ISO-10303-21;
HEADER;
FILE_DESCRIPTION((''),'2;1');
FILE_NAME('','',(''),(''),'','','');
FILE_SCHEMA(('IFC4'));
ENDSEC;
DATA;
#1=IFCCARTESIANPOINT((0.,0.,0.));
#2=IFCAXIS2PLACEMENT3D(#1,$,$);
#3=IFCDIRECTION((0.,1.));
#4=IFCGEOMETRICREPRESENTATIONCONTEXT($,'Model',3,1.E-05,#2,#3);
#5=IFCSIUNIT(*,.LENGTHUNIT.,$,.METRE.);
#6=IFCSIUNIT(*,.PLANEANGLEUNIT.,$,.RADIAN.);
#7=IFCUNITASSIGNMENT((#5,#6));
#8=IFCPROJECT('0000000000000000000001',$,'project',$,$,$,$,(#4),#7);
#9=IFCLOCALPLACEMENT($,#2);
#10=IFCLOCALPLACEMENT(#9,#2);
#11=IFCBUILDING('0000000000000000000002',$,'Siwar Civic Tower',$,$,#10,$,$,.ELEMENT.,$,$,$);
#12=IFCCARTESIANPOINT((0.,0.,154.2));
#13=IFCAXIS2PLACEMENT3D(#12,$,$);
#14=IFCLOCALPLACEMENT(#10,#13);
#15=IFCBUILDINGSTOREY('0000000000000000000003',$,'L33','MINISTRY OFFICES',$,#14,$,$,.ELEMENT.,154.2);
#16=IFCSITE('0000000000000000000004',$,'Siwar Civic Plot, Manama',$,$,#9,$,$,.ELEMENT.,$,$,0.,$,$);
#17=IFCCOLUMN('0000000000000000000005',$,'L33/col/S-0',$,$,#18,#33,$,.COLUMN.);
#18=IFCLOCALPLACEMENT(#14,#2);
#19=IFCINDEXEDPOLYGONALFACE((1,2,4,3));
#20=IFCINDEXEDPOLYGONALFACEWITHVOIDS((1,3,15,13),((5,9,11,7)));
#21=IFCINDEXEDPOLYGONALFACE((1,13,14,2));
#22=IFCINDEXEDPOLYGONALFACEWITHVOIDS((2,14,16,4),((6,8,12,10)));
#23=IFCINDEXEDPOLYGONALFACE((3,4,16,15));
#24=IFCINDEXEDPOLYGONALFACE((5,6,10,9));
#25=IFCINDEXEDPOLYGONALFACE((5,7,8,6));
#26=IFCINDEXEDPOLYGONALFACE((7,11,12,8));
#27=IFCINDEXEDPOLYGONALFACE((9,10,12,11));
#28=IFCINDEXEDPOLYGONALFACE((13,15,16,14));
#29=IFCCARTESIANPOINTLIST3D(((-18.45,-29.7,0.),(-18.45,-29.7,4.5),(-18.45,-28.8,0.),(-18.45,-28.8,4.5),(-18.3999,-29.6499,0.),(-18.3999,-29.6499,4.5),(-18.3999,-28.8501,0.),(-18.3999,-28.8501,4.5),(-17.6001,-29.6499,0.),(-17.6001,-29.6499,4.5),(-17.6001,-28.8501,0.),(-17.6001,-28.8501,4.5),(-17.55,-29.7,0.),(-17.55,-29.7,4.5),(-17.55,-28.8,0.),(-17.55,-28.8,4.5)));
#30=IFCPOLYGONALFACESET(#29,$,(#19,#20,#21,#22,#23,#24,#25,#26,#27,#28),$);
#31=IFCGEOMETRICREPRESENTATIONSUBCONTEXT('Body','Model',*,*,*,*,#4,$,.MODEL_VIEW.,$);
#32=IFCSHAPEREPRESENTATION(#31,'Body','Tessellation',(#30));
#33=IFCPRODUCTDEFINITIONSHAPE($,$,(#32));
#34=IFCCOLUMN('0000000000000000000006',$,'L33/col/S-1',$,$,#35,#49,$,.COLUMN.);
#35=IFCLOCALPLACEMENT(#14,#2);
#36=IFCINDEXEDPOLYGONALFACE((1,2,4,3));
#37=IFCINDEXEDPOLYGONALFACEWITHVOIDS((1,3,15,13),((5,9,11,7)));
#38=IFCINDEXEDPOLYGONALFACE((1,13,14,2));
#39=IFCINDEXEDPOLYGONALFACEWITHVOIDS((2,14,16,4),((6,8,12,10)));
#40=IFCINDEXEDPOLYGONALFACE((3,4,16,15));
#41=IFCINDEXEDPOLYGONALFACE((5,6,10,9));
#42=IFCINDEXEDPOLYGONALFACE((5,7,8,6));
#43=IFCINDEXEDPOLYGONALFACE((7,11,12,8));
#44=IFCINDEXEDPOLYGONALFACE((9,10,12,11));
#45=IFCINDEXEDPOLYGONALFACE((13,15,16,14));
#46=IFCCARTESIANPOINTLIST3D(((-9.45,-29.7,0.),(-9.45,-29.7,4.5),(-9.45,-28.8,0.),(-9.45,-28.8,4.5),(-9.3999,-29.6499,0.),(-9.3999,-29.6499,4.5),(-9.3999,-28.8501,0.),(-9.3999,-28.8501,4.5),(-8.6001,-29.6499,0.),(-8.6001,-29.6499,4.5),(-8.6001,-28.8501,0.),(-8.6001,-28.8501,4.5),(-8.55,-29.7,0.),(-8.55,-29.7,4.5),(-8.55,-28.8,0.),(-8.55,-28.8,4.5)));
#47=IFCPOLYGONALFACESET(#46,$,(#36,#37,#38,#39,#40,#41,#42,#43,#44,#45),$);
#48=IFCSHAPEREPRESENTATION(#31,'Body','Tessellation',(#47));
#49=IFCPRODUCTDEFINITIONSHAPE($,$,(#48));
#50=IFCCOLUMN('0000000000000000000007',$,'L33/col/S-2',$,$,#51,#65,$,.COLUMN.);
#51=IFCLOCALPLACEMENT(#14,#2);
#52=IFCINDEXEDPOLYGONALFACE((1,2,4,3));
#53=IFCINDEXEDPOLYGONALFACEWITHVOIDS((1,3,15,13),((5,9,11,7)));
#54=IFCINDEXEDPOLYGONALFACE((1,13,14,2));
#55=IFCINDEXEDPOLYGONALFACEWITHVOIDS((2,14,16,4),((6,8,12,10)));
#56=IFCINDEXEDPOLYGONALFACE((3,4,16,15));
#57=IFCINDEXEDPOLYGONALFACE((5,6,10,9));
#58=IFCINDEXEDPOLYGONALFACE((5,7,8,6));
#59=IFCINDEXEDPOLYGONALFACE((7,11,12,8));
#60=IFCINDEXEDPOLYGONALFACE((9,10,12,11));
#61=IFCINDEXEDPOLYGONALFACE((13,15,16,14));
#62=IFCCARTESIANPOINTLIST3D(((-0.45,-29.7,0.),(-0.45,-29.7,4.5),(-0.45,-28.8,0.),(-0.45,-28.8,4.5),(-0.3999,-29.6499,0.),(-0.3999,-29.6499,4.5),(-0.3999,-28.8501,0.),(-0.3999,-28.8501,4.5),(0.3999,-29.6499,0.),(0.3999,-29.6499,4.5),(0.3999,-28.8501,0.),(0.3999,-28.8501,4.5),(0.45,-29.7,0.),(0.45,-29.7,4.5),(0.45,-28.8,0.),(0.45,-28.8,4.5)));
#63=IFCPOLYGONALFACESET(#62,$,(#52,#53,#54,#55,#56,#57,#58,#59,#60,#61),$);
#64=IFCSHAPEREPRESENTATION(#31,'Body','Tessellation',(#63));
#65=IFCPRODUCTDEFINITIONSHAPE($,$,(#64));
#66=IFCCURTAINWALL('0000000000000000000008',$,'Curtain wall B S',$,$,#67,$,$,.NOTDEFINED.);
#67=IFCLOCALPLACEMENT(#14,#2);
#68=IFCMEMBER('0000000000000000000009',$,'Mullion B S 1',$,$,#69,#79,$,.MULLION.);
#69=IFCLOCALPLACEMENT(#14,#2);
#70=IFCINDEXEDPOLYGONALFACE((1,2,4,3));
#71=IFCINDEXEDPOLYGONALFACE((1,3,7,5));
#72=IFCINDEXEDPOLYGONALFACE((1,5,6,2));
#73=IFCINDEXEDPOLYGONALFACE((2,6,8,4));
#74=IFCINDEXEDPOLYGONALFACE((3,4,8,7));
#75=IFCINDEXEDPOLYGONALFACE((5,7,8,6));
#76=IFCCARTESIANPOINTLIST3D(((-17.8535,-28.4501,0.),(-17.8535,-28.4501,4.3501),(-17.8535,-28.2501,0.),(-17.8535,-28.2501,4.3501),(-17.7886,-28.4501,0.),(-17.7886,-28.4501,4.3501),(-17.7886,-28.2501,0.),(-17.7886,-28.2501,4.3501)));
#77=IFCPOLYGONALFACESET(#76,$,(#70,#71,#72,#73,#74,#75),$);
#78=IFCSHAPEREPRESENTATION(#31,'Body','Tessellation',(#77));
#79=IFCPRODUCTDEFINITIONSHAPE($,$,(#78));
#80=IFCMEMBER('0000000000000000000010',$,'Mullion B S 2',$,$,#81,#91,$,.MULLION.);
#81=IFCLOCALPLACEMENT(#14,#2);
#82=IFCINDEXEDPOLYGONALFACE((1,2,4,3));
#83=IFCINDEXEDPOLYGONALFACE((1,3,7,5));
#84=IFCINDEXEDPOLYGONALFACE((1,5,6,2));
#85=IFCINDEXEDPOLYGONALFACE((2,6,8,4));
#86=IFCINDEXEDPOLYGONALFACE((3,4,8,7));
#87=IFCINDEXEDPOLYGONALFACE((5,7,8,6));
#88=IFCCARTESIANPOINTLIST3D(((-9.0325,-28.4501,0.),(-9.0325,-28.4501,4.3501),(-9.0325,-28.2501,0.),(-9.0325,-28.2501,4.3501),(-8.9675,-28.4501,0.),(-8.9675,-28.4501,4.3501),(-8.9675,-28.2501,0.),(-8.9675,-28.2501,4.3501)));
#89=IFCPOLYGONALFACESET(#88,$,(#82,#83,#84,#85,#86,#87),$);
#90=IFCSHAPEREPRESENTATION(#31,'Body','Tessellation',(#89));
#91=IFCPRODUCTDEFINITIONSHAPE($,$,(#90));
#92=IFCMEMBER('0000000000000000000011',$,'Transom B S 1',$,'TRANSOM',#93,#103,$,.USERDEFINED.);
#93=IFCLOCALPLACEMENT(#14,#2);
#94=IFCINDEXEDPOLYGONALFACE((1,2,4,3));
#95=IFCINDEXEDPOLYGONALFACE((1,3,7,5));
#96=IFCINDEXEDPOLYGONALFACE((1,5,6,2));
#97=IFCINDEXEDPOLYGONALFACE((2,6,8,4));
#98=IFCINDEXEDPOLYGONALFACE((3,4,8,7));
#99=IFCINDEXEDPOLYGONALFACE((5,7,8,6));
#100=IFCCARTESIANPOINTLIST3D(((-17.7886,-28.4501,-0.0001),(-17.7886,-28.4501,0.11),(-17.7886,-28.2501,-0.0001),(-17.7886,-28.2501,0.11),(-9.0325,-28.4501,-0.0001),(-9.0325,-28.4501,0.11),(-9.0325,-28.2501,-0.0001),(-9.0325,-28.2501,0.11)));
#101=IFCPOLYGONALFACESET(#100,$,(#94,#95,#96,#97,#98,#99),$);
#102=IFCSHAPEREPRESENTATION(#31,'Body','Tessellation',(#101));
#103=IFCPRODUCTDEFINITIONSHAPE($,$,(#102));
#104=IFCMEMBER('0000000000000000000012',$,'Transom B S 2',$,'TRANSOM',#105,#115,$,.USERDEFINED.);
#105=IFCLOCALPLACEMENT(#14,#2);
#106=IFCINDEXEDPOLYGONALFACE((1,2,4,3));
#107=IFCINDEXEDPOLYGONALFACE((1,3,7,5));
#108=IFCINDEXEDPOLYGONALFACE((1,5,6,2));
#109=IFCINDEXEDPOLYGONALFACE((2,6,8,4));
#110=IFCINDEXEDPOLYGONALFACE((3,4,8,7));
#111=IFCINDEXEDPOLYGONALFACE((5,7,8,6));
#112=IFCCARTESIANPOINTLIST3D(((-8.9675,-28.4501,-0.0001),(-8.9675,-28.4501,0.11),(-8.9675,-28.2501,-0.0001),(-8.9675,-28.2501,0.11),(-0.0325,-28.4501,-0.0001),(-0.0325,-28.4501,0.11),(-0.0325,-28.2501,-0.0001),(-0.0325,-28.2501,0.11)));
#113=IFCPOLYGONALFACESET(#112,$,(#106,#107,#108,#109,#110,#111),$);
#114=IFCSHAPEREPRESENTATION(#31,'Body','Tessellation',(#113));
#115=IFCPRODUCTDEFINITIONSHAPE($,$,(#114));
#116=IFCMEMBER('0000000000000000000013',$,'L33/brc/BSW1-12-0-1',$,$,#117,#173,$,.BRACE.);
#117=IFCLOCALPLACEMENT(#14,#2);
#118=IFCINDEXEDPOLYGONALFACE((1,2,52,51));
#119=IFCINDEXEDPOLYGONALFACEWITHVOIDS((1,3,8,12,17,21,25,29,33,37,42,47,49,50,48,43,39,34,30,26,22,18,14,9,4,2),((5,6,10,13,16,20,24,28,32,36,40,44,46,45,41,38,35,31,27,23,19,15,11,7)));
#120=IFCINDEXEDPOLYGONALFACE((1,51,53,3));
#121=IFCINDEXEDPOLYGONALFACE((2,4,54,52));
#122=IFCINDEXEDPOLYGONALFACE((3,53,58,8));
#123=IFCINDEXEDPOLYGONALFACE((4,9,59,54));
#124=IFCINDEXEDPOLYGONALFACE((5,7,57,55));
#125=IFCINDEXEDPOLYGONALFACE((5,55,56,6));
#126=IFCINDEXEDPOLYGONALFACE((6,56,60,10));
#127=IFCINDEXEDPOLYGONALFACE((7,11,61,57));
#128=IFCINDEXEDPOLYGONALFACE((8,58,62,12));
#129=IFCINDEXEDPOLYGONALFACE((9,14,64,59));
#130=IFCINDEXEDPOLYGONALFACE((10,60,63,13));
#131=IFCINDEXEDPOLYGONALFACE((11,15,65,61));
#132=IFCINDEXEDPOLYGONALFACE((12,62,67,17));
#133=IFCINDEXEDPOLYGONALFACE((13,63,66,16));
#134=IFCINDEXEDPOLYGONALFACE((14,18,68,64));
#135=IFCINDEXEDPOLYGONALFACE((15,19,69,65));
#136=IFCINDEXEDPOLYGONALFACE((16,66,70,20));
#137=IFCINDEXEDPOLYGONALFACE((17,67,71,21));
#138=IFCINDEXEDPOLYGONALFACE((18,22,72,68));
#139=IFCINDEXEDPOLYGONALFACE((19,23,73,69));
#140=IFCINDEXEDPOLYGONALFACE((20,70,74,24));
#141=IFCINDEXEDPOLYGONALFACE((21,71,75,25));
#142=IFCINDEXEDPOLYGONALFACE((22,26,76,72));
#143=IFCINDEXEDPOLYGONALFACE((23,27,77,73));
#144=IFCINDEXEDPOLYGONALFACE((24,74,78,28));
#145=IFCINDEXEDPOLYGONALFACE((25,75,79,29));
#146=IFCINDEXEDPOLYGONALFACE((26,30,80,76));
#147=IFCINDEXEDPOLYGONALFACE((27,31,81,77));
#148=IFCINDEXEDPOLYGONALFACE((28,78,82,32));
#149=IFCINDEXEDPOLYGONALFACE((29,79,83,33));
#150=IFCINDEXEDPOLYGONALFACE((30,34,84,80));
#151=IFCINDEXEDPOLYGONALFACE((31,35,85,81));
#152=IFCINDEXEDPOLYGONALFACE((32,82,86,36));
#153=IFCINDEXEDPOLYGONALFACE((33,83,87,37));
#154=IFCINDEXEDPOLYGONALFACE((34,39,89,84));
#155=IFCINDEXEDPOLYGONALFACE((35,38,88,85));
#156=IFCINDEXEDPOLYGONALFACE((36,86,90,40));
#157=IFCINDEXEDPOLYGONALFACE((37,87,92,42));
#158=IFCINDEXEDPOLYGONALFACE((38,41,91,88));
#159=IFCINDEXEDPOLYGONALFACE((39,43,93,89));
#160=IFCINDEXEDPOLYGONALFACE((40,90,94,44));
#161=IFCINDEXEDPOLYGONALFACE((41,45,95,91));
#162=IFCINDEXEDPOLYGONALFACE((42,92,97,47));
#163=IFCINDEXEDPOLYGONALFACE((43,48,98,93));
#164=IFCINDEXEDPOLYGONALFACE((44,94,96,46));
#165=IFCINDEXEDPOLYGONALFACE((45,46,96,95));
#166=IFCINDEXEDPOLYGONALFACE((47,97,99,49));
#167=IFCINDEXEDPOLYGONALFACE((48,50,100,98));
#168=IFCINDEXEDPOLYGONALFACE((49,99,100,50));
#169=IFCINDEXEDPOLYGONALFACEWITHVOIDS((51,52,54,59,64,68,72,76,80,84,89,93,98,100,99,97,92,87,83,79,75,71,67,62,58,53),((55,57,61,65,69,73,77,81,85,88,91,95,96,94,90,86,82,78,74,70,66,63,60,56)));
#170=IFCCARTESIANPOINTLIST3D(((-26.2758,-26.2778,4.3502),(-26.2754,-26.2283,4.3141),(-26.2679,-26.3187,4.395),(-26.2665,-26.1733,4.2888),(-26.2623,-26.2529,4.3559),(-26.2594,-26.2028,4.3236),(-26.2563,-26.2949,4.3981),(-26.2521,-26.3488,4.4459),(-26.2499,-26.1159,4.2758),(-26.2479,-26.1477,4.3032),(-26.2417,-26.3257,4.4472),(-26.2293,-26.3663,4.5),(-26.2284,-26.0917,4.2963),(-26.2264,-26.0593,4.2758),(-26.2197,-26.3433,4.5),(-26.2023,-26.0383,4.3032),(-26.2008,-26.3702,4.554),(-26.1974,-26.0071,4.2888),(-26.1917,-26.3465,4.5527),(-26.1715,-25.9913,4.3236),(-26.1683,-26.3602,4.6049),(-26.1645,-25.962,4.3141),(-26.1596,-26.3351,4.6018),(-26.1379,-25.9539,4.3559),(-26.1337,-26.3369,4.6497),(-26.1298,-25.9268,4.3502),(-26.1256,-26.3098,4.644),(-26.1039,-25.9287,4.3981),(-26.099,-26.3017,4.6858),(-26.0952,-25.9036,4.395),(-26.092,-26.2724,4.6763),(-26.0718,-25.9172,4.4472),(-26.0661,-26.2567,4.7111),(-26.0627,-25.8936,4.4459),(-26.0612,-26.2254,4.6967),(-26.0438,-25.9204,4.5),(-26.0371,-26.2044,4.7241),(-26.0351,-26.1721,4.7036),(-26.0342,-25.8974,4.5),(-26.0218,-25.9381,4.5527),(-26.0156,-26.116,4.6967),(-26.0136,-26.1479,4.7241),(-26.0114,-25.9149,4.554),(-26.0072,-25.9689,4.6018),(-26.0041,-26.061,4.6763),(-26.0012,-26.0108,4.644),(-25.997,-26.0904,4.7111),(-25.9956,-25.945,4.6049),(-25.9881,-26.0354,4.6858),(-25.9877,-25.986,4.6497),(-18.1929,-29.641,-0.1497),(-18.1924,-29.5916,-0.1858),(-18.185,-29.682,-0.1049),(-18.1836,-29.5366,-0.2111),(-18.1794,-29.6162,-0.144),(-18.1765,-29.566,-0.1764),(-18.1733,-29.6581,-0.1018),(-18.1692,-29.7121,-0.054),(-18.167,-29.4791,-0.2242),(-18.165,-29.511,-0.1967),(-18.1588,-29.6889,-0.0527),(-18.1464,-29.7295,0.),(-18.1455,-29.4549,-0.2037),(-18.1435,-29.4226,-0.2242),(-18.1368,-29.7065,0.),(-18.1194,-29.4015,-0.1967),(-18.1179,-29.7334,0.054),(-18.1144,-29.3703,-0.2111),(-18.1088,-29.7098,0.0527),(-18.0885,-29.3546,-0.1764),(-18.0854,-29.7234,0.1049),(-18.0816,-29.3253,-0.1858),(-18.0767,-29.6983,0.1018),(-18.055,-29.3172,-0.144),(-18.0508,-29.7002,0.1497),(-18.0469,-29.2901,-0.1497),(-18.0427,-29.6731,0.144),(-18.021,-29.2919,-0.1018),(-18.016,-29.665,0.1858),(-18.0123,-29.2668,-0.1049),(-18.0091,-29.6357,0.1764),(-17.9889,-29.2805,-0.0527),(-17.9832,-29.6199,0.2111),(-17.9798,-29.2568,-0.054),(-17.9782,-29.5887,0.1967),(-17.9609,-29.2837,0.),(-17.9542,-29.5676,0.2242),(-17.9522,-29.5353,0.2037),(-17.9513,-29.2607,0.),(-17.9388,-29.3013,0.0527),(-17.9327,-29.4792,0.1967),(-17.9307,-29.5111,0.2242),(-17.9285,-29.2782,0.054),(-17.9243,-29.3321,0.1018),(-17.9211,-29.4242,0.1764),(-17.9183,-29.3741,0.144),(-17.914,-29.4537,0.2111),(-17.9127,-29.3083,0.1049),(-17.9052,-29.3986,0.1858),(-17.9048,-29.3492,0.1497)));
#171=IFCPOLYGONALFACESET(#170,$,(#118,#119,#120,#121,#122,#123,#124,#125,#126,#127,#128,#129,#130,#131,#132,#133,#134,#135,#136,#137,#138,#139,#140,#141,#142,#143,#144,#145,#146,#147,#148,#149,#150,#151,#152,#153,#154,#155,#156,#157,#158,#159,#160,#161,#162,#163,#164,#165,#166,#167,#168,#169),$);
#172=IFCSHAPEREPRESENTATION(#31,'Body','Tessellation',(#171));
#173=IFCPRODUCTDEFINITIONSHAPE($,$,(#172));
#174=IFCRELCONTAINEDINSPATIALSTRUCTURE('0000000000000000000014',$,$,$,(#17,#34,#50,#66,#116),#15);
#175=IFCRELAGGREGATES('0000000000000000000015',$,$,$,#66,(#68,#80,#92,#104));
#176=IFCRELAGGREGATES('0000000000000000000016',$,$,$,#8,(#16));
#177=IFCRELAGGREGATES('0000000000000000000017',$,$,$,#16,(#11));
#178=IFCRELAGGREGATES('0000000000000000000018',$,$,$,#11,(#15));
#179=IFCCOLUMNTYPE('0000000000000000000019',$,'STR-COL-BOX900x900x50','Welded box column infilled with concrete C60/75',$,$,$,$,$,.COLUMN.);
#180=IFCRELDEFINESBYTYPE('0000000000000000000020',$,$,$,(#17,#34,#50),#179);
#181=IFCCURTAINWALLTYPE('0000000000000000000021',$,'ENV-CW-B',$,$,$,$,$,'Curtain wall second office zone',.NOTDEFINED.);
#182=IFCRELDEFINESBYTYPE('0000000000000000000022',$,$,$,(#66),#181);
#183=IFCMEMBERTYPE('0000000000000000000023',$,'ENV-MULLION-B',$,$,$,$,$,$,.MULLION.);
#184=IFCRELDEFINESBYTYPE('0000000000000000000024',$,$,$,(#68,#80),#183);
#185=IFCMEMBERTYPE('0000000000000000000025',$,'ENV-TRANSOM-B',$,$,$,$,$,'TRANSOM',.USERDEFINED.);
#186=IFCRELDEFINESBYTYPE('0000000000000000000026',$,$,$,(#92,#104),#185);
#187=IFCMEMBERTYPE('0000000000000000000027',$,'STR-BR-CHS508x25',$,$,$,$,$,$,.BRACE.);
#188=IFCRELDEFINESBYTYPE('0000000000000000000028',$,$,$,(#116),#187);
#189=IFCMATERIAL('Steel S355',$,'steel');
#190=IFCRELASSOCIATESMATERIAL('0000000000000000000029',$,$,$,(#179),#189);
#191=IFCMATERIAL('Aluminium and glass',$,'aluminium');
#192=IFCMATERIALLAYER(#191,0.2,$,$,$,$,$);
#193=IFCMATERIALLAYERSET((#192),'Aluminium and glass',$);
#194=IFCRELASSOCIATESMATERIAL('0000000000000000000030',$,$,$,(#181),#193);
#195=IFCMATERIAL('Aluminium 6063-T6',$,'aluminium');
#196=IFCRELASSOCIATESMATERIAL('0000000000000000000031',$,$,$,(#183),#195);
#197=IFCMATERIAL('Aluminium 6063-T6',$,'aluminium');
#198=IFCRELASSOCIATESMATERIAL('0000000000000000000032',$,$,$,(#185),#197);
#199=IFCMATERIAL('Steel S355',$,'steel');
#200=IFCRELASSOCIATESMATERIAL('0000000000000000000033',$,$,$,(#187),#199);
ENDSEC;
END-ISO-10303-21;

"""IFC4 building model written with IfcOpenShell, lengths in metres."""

from ifc_helpers import new_model, si_unit, direction, frame, origin, origin_2d, place, context, subcontext, project, spatial, rectangle, hollow_rectangle, hollow_circle, extrude, material, layer, layer_set, material_profile, profile_set, type_object, element, aggregate, save


model = new_model("IFC4")

# Units and contexts
model_context = context("Model", 3, precision=1e-05, world=origin(), true_north=direction((0.0, 1.0)))
body_context = subcontext(model_context, "Body", "Model", "MODEL_VIEW")
ifc_project = project(units=[si_unit("LENGTHUNIT", "METRE"), si_unit("PLANEANGLEUNIT", "RADIAN")], contexts=[model_context])

# Site, building, storey
site_placement = place(None, origin())
site = spatial("IfcSite", under=ifc_project, at=site_placement, Name="Siwar Civic Plot, Manama", CompositionType="ELEMENT", RefElevation=0.0)
building_placement = place(site_placement, origin())
building = spatial("IfcBuilding", under=site, at=building_placement, Name="Siwar Civic Tower", CompositionType="ELEMENT")
storey_placement = place(building_placement, frame((0.0, 0.0, 154.2)))
storey = spatial("IfcBuildingStorey", under=building, at=storey_placement, Name="L33", Description="MINISTRY OFFICES", CompositionType="ELEMENT", Elevation=154.2)

# Columns
ifc_material_1 = material(Name="Steel S355", Category="steel")
ifc_material_profile_1 = material_profile(ifc_material_1, hollow_rectangle(XDim=0.8999, YDim=0.8999, WallThickness=0.05, at=origin_2d()), Name="BOX900x900x50")
ifc_profile_set_1 = profile_set([ifc_material_profile_1], Name="Steel S355")
column_type = type_object("IfcColumnType", Name="STR-COL-BOX900x900x50", Description="Welded box column infilled with concrete C60/75", PredefinedType="COLUMN", material=ifc_profile_set_1)
for number, where, z_axis, x_axis, name in (
    (1, (-18.0, -29.25, 0.0), (0.0, 0.0, 1.0), (1.0, 0.0, 0.0), "L33/col/S-0"),
    (2, (-9.0, -29.25, 0.0), (0.0, 0.0, 1.0), (1.0, 0.0, 0.0), "L33/col/S-1"),
    (3, (0.0, -29.25, 0.0), (0.0, 0.0, 1.0), (1.0, 0.0, 0.0), "L33/col/S-2"),
):
    element("IfcColumn", number, at=place(storey_placement, frame(where, z_axis=z_axis, x_axis=x_axis)), inside=storey, type_object=column_type, Name=name, PredefinedType="COLUMN", context=body_context, shape_type="SweptSolid", body=[
        extrude(hollow_rectangle(XDim=0.8999, YDim=0.8999, WallThickness=0.05, at=origin_2d()), origin(), (0.0, 0.0, 1.0), 4.5),
    ])

# Curtain wall, members
ifc_material_2 = material(Name="Aluminium and glass", Category="aluminium")
ifc_layer_1 = layer(ifc_material_2, 0.2)
ifc_layer_set_1 = layer_set([ifc_layer_1], Name="Aluminium and glass")
curtain_wall_type = type_object("IfcCurtainWallType", Name="ENV-CW-B", ElementType="Curtain wall second office zone", PredefinedType="NOTDEFINED", material=ifc_layer_set_1)
curtain_wall_placement = place(storey_placement, origin())
curtain_wall = element("IfcCurtainWall", 4, at=curtain_wall_placement, inside=storey, type_object=curtain_wall_type, Name="Curtain wall B S", PredefinedType="NOTDEFINED")
ifc_material_3 = material(Name="Aluminium 6063-T6", Category="aluminium")
ifc_material_profile_2 = material_profile(ifc_material_3, rectangle(XDim=0.2, YDim=0.0649, at=origin_2d()), Name="AL 200x65")
ifc_profile_set_2 = profile_set([ifc_material_profile_2], Name="Aluminium 6063-T6")
member_type_1 = type_object("IfcMemberType", Name="ENV-MULLION-B", PredefinedType="MULLION", material=ifc_profile_set_2)
member_1_placement = place(storey_placement, frame((-17.821, -28.3501, 0.0), z_axis=(0.0, 0.0, 1.0), x_axis=(0.0, 1.0, 0.0)))
member_1 = element("IfcMember", 5, at=member_1_placement, type_object=member_type_1, Name="Mullion B S 1", PredefinedType="MULLION", context=body_context, shape_type="SweptSolid", body=[
    extrude(rectangle(XDim=0.2, YDim=0.0649, at=origin_2d()), origin(), (0.0, 0.0, 1.0), 4.3501),
])
member_2_placement = place(storey_placement, frame((-9.0, -28.3501, 0.0), z_axis=(0.0, 0.0, 1.0), x_axis=(0.0, 1.0, 0.0)))
member_2 = element("IfcMember", 6, at=member_2_placement, type_object=member_type_1, Name="Mullion B S 2", PredefinedType="MULLION", context=body_context, shape_type="SweptSolid", body=[
    extrude(rectangle(XDim=0.2, YDim=0.0649, at=origin_2d()), origin(), (0.0, 0.0, 1.0), 4.3501),
])
ifc_material_4 = material(Name="Aluminium 6063-T6", Category="aluminium")
ifc_material_profile_3 = material_profile(ifc_material_4, rectangle(XDim=0.2, YDim=0.1101, at=origin_2d()), Name="AL 200x110")
ifc_profile_set_3 = profile_set([ifc_material_profile_3], Name="Aluminium 6063-T6")
member_type_2 = type_object("IfcMemberType", Name="ENV-TRANSOM-B", ElementType="TRANSOM", PredefinedType="USERDEFINED", material=ifc_profile_set_3)
member_3_placement = place(storey_placement, frame((-17.7886, -28.3501, 0.0549), z_axis=(1.0, 0.0, 0.0), x_axis=(0.0, 1.0, 0.0)))
member_3 = element("IfcMember", 7, at=member_3_placement, type_object=member_type_2, Name="Transom B S 1", ObjectType="TRANSOM", PredefinedType="USERDEFINED", context=body_context, shape_type="SweptSolid", body=[
    extrude(rectangle(XDim=0.2, YDim=0.1101, at=origin_2d()), origin(), (0.0, 0.0, 1.0), 8.7561),
])
member_4_placement = place(storey_placement, frame((-8.9675, -28.3501, 0.0549), z_axis=(1.0, 0.0, 0.0), x_axis=(0.0, 1.0, 0.0)))
member_4 = element("IfcMember", 8, at=member_4_placement, type_object=member_type_2, Name="Transom B S 2", ObjectType="TRANSOM", PredefinedType="USERDEFINED", context=body_context, shape_type="SweptSolid", body=[
    extrude(rectangle(XDim=0.2, YDim=0.1101, at=origin_2d()), origin(), (0.0, 0.0, 1.0), 8.9351),
])

# Member
ifc_material_5 = material(Name="Steel S355", Category="steel")
ifc_material_profile_4 = material_profile(ifc_material_5, hollow_circle(Radius=0.2539, WallThickness=0.0249, at=origin_2d()), Name="CHS508x25")
ifc_profile_set_4 = profile_set([ifc_material_profile_4], Name="Steel S355")
member_type_3 = type_object("IfcMemberType", Name="STR-BR-CHS508x25", PredefinedType="BRACE", material=ifc_profile_set_4)
member_5_placement = place(storey_placement, frame((-18.0488, -29.4951, 0.0), z_axis=(-0.821143, 0.341671, 0.457149), x_axis=(-0.384164, -0.923265, 0.0)))
element("IfcMember", 9, at=member_5_placement, inside=storey, type_object=member_type_3, Name="L33/brc/BSW1-12-0-1", PredefinedType="BRACE", context=body_context, shape_type="SweptSolid", body=[
    extrude(hollow_circle(Radius=0.2539, WallThickness=0.0249, at=origin_2d()), origin(), (0.0, 0.0, 1.0), 9.8435),
])

aggregate(curtain_wall, [member_1, member_2, member_3, member_4])

save(model, "model.ifc")
